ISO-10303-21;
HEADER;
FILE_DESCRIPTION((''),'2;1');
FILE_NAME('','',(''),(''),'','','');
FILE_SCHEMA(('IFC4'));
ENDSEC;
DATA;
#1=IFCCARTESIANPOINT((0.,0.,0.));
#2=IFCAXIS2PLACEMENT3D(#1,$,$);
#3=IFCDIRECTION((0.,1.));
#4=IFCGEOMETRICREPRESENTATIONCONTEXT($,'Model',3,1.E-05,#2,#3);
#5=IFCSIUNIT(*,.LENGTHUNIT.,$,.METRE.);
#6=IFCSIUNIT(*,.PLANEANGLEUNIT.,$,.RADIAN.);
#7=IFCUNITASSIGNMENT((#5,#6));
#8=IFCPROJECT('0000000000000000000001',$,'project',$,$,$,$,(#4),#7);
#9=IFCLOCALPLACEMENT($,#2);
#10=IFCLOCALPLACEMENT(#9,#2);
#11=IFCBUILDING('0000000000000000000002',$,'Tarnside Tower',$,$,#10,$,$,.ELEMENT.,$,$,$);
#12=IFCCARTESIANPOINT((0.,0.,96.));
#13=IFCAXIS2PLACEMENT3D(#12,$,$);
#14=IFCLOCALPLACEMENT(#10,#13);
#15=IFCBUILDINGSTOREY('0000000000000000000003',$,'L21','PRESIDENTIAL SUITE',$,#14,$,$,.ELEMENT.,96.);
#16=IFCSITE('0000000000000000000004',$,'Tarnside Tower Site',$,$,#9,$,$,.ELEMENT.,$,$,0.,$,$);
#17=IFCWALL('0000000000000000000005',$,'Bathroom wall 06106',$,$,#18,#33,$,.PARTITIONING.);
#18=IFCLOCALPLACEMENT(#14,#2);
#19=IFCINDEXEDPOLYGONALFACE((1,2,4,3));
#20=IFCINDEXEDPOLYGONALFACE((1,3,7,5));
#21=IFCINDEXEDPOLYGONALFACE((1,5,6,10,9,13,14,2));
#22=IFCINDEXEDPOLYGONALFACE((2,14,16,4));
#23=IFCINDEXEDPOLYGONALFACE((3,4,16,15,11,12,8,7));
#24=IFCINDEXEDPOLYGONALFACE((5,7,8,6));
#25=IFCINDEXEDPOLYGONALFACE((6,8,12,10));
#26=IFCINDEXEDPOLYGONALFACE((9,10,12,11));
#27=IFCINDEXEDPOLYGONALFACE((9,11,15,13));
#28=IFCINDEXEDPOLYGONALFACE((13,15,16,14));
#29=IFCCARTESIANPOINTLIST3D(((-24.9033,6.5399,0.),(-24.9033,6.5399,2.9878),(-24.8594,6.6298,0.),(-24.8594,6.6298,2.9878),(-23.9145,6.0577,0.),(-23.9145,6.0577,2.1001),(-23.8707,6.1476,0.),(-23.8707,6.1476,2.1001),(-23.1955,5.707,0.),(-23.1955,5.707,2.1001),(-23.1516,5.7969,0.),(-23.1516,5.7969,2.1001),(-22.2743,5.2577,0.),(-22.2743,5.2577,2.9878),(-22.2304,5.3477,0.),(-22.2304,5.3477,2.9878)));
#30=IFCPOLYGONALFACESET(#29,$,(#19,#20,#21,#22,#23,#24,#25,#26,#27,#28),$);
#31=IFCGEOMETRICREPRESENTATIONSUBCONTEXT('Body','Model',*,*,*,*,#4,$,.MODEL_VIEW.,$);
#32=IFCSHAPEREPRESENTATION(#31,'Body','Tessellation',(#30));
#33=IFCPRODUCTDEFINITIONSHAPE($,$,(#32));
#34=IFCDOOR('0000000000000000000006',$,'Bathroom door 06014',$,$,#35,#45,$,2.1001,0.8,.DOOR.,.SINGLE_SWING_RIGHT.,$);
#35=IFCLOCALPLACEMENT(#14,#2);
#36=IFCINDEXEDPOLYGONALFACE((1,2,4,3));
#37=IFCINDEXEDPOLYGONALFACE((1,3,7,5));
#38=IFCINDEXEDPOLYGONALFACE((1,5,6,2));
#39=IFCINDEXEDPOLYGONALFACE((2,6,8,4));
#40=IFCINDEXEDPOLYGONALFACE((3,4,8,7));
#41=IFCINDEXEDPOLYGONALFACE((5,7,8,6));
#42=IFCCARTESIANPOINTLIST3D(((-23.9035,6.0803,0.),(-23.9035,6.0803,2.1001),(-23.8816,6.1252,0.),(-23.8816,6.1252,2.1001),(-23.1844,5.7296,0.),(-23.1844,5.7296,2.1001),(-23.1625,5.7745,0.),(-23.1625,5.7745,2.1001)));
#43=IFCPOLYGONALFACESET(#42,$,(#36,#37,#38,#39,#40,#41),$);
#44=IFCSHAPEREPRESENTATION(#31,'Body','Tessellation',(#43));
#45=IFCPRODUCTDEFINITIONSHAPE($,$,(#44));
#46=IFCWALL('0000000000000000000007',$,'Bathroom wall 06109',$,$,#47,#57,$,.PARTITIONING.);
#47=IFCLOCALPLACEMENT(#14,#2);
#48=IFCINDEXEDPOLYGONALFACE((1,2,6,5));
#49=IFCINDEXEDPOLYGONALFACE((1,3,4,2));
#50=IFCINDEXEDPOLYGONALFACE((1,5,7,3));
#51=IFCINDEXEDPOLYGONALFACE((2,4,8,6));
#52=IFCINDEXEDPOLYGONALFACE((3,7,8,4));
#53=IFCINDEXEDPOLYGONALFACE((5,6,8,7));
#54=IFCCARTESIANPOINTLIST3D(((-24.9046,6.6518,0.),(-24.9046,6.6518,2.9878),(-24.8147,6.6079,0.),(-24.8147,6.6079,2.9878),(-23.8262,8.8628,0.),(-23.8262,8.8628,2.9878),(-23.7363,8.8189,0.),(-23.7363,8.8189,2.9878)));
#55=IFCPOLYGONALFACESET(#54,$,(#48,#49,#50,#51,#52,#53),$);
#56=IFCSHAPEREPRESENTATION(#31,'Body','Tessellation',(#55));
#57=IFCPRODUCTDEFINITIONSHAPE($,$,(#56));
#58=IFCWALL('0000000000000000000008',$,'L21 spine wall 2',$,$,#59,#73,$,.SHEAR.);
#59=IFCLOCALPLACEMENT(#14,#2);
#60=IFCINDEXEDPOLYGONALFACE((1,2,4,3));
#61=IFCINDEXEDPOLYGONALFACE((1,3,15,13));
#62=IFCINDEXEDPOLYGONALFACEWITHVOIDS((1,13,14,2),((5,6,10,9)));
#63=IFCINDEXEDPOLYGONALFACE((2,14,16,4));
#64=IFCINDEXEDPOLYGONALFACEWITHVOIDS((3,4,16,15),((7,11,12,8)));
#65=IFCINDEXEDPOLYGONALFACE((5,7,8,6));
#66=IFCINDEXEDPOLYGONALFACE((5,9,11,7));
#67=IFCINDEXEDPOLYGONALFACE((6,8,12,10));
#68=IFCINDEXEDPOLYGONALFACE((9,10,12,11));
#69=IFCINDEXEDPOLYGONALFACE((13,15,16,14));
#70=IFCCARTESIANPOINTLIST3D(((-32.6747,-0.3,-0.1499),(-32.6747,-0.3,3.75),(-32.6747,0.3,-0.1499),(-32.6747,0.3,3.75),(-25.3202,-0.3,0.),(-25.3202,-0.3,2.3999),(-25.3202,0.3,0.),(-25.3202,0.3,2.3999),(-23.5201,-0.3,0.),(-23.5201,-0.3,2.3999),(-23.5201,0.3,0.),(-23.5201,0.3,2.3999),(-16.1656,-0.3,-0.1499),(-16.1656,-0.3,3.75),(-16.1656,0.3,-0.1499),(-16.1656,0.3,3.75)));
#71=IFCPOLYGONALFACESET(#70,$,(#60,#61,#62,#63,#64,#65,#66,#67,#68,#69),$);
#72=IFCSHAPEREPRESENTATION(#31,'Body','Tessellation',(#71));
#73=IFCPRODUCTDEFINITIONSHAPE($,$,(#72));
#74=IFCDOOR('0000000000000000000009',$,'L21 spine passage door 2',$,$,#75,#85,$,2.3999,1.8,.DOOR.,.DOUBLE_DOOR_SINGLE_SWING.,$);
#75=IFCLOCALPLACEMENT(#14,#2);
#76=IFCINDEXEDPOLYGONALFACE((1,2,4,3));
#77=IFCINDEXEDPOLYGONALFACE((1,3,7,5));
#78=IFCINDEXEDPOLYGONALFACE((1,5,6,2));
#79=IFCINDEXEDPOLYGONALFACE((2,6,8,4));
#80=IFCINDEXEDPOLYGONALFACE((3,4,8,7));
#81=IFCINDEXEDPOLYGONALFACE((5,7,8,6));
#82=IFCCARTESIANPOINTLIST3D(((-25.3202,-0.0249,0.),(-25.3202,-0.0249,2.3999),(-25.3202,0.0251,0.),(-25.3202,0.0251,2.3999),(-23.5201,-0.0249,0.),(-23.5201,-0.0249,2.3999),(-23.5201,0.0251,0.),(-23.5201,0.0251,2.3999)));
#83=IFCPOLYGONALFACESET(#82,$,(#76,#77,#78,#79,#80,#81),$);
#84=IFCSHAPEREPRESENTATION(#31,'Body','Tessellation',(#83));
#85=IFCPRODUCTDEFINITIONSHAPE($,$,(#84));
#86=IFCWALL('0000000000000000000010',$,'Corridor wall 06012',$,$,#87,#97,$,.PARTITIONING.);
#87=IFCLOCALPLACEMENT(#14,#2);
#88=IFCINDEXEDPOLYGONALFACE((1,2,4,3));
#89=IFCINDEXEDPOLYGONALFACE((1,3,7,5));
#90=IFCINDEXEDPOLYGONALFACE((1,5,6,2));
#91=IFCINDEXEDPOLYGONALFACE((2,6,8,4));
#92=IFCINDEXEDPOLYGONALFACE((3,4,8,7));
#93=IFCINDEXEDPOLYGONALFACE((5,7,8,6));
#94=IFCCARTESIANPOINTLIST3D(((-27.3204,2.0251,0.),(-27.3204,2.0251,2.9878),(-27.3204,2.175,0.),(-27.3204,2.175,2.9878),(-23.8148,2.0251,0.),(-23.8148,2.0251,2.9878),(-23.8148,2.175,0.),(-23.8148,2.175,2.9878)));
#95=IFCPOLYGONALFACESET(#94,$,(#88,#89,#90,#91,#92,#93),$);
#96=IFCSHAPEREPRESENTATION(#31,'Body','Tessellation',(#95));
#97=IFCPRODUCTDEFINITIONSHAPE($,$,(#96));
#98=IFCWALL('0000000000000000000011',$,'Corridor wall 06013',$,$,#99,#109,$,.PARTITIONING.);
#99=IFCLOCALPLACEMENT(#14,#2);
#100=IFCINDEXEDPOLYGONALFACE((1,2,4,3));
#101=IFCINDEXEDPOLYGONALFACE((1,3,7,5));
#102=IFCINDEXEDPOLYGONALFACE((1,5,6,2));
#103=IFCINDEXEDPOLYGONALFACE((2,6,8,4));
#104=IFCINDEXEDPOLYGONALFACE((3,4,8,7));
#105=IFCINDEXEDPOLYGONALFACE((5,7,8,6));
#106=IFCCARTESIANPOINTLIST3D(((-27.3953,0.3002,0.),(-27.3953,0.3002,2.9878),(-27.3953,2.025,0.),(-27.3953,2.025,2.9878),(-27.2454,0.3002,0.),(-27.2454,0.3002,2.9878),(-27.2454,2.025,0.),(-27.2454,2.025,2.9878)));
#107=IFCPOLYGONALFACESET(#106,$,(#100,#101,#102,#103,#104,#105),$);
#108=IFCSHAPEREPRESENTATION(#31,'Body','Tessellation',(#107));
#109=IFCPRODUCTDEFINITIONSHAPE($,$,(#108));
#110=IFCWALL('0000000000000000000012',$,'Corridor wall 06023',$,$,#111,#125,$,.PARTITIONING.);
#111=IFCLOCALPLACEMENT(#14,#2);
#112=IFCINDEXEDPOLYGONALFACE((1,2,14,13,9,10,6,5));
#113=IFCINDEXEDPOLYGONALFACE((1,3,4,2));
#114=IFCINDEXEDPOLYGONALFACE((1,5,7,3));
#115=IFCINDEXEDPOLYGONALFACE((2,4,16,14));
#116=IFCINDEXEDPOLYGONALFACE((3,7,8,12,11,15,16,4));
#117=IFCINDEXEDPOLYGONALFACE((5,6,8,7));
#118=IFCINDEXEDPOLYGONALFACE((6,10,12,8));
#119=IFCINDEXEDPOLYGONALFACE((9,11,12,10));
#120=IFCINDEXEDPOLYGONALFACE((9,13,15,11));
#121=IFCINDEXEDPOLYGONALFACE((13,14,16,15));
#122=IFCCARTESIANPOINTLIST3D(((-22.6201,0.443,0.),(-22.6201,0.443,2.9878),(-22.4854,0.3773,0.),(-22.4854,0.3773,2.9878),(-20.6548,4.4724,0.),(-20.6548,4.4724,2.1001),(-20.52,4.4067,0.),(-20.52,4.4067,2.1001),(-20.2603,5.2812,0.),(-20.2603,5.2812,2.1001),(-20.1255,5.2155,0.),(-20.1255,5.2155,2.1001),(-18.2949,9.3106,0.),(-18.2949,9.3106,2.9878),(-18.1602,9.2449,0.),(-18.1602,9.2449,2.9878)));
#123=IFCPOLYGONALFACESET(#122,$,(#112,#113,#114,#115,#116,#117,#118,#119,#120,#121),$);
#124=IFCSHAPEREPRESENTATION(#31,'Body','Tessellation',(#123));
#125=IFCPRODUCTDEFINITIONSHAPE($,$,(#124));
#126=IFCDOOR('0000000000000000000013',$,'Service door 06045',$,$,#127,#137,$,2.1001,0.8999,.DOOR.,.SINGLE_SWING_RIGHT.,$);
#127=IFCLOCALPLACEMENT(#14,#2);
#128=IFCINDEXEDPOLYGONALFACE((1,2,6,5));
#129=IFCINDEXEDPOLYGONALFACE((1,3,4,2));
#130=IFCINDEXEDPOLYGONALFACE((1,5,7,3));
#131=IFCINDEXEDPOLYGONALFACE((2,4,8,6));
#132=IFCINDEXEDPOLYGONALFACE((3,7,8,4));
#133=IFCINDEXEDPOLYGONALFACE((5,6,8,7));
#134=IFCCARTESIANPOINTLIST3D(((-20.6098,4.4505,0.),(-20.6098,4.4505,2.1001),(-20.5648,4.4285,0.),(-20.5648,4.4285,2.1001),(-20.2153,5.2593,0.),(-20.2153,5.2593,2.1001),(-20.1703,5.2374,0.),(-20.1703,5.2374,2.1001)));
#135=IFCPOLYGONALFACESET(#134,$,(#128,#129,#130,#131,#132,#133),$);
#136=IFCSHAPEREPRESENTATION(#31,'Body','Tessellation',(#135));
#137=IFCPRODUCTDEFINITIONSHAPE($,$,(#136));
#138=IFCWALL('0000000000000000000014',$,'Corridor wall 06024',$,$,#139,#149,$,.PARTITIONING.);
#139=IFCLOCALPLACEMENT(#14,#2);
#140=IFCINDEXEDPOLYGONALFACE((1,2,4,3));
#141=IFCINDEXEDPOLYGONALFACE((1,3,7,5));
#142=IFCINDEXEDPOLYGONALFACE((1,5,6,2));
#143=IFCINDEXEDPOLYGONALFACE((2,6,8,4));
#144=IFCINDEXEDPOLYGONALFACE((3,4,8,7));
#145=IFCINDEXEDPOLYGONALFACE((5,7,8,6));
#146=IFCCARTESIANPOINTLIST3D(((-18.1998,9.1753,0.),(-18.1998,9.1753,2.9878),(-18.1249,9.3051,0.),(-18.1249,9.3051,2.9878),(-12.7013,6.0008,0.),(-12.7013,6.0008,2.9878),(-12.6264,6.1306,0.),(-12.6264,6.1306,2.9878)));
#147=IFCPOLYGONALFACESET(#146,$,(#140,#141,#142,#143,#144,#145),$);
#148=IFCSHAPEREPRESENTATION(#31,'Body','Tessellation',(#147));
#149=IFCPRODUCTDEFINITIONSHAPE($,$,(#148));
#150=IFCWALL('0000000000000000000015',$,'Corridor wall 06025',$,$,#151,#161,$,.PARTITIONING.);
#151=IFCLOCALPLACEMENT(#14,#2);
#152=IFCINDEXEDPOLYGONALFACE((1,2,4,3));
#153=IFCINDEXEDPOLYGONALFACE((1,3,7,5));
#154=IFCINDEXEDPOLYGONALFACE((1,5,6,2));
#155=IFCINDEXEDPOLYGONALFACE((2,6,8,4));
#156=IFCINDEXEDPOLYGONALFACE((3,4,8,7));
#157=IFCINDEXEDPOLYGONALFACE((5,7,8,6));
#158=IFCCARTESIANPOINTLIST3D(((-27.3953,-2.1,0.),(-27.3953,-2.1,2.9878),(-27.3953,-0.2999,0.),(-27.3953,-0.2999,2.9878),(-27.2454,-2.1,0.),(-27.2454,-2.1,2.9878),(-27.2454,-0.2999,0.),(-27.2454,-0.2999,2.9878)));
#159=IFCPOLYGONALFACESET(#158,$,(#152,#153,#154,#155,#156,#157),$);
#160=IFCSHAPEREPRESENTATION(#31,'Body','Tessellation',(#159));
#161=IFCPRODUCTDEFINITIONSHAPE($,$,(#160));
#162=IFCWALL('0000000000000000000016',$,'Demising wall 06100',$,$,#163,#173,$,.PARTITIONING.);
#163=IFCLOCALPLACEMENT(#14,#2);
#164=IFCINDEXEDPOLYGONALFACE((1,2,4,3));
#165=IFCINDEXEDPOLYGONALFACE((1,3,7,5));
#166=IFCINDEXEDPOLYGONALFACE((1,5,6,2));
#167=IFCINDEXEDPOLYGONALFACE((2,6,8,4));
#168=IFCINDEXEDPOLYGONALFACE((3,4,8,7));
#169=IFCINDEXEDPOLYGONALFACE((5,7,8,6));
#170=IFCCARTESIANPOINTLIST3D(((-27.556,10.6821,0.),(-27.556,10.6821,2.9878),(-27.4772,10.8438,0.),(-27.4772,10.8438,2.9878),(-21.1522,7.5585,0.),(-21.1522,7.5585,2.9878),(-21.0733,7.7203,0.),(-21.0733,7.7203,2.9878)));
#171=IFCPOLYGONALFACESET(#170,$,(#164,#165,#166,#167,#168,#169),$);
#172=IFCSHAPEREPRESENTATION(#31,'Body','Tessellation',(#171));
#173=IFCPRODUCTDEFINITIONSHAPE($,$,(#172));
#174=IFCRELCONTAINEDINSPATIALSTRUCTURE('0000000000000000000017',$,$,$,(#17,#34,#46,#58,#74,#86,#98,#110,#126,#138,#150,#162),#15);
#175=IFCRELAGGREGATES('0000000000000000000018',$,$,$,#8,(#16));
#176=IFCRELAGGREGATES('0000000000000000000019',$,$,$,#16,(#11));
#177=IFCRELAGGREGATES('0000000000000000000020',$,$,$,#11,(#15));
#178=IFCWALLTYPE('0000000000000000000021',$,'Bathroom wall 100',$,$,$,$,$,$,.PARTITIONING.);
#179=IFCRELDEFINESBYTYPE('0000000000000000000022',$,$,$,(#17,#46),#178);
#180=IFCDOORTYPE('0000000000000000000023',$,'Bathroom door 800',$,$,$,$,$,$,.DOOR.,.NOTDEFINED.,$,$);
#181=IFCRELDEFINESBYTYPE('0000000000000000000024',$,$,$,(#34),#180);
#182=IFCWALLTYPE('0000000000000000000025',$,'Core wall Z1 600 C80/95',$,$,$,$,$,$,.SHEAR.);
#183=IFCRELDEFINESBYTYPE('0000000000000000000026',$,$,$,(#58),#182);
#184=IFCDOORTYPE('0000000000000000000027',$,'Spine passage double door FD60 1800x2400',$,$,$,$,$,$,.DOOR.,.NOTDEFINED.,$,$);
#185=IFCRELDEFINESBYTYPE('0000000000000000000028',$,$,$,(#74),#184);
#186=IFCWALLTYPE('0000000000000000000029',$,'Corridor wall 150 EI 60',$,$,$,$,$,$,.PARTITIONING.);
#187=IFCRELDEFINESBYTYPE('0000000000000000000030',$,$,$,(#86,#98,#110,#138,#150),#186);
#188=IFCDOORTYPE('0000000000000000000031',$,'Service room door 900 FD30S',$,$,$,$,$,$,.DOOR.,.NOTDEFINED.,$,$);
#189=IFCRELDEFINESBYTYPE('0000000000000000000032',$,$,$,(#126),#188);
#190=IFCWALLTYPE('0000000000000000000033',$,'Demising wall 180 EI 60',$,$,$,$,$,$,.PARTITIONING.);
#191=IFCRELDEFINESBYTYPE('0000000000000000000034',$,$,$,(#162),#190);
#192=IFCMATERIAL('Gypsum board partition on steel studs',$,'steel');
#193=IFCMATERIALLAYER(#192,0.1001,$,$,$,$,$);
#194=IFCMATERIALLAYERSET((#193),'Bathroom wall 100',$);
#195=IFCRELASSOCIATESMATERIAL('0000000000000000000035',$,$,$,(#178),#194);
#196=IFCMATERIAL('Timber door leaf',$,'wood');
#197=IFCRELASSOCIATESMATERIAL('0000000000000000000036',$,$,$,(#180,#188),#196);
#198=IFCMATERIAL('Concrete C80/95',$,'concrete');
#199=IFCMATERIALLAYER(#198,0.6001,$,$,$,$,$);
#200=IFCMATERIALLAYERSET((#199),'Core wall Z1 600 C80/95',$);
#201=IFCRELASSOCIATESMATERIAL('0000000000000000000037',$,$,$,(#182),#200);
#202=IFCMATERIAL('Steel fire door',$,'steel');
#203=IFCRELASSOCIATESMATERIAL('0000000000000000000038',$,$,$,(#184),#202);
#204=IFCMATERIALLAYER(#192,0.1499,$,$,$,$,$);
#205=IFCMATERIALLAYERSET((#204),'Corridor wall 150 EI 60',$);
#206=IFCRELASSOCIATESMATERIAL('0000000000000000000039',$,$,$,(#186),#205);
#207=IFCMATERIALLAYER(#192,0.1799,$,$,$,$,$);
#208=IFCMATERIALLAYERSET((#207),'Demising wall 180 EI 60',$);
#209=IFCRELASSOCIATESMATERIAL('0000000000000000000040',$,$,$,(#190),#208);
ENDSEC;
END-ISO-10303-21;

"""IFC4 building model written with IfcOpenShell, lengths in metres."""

from ifc_helpers import new_model, si_unit, direction, frame, frame_2d, origin, place, context, subcontext, project, spatial, rectangle, extrude, material, layer, layer_set, type_object, element, fill, save


model = new_model("IFC4")

# Units and contexts
model_context = context("Model", 3, precision=1e-05, world=origin(), true_north=direction((0.0, 1.0)))
body_context = subcontext(model_context, "Body", "Model", "MODEL_VIEW")
ifc_project = project(units=[si_unit("LENGTHUNIT", "METRE"), si_unit("PLANEANGLEUNIT", "RADIAN")], contexts=[model_context])

# Site, building, storey
site_placement = place(None, origin())
site = spatial("IfcSite", under=ifc_project, at=site_placement, Name="Tarnside Tower Site", CompositionType="ELEMENT", RefElevation=0.0)
building_placement = place(site_placement, origin())
building = spatial("IfcBuilding", under=site, at=building_placement, Name="Tarnside Tower", CompositionType="ELEMENT")
storey_placement = place(building_placement, frame((0.0, 0.0, 96.0)))
storey = spatial("IfcBuildingStorey", under=building, at=storey_placement, Name="L21", Description="PRESIDENTIAL SUITE", CompositionType="ELEMENT", Elevation=96.0)

# Wall, opening, door
ifc_material_1 = material(Name="Gypsum board partition on steel studs", Category="steel")
ifc_layer_1 = layer(ifc_material_1, 0.1001)
ifc_layer_set_1 = layer_set([ifc_layer_1], Name="Bathroom wall 100")
wall_type_1 = type_object("IfcWallType", Name="Bathroom wall 100", PredefinedType="PARTITIONING", material=ifc_layer_set_1)
wall_1_placement = place(storey_placement, frame((-22.2524, 5.3027, 0.0), z_axis=(0.0, 0.0, 1.0), x_axis=(-0.898807, 0.438345, 0.0)))
wall_1 = element("IfcWall", 1, at=wall_1_placement, inside=storey, type_object=wall_type_1, Name="Bathroom wall 06106", PredefinedType="PARTITIONING", context=body_context, shape_type="SweptSolid", body=[
    extrude(rectangle(XDim=2.925, YDim=0.1001, at=frame_2d((1.4624, 0.0))), origin(), (0.0, 0.0, 1.0), 2.9878),
])
opening_1_placement = place(wall_1_placement, frame((1.0249, 0.0, 0.0)))
opening_1 = element("IfcOpeningElement", 2, at=opening_1_placement, cuts=wall_1, PredefinedType="OPENING", context=body_context, shape_type="SweptSolid", body=[
    extrude(rectangle(XDim=0.8, YDim=2.1001, at=frame_2d((0.3999, 1.05))), frame((0.0, 0.0601, 0.0), z_axis=(0.0, -1.0, 0.0), x_axis=(1.0, 0.0, 0.0)), (0.0, 0.0, 1.0), 0.1201),
])
ifc_material_2 = material(Name="Timber door leaf", Category="wood")
door_type_1 = type_object("IfcDoorType", Name="Bathroom door 800", OperationType="NOTDEFINED", PredefinedType="DOOR", material=ifc_material_2)
door_1_placement = place(opening_1_placement, origin())
door_1 = element("IfcDoor", 3, at=door_1_placement, inside=storey, type_object=door_type_1, Name="Bathroom door 06014", OperationType="SINGLE_SWING_RIGHT", OverallHeight=2.1001, OverallWidth=0.8, PredefinedType="DOOR", context=body_context, shape_type="SweptSolid", body=[
    extrude(rectangle(XDim=0.8, YDim=2.1001, at=frame_2d((0.3999, 1.05))), frame((0.0, 0.0249, 0.0), z_axis=(0.0, -1.0, 0.0), x_axis=(1.0, 0.0, 0.0)), (0.0, 0.0, 1.0), 0.05),
])
fill(opening_1, door_1)

# Wall
wall_2_placement = place(storey_placement, frame((-23.7812, 8.8408, 0.0), z_axis=(0.0, 0.0, 1.0), x_axis=(-0.438379, -0.89879, 0.0)))
element("IfcWall", 4, at=wall_2_placement, inside=storey, type_object=wall_type_1, Name="Bathroom wall 06109", PredefinedType="PARTITIONING", context=body_context, shape_type="SweptSolid", body=[
    extrude(rectangle(XDim=2.46, YDim=0.1001, at=frame_2d((1.23, 0.0))), origin(), (0.0, 0.0, 1.0), 2.9878),
])

# Wall, opening, door
ifc_material_3 = material(Name="Concrete C80/95", Category="concrete")
ifc_layer_2 = layer(ifc_material_3, 0.6001)
ifc_layer_set_2 = layer_set([ifc_layer_2], Name="Core wall Z1 600 C80/95")
wall_type_2 = type_object("IfcWallType", Name="Core wall Z1 600 C80/95", PredefinedType="SHEAR", material=ifc_layer_set_2)
wall_3_placement = place(storey_placement, frame((-16.1658, 0.0, -0.1499), z_axis=(0.0, 0.0, 1.0), x_axis=(-1.0, 0.0, 0.0)))
wall_3 = element("IfcWall", 5, at=wall_3_placement, inside=storey, type_object=wall_type_2, Name="L21 spine wall 2", PredefinedType="SHEAR", context=body_context, shape_type="SweptSolid", body=[
    extrude(rectangle(XDim=16.509, YDim=0.6001, at=frame_2d((8.2544, 0.0))), origin(), (0.0, 0.0, 1.0), 3.8999),
])
opening_2_placement = place(wall_3_placement, frame((7.3545, 0.0, 0.1499)))
opening_2 = element("IfcOpeningElement", 6, at=opening_2_placement, cuts=wall_3, PredefinedType="OPENING", context=body_context, shape_type="SweptSolid", body=[
    extrude(rectangle(XDim=1.8, YDim=2.3999, at=frame_2d((0.8999, 1.2))), frame((0.0, 0.3101, 0.0), z_axis=(0.0, -1.0, 0.0), x_axis=(1.0, 0.0, 0.0)), (0.0, 0.0, 1.0), 0.6201),
])
ifc_material_4 = material(Name="Steel fire door", Category="steel")
door_type_2 = type_object("IfcDoorType", Name="Spine passage double door FD60 1800x2400", OperationType="NOTDEFINED", PredefinedType="DOOR", material=ifc_material_4)
door_2_placement = place(opening_2_placement, origin())
door_2 = element("IfcDoor", 7, at=door_2_placement, inside=storey, type_object=door_type_2, Name="L21 spine passage door 2", OperationType="DOUBLE_DOOR_SINGLE_SWING", OverallHeight=2.3999, OverallWidth=1.8, PredefinedType="DOOR", context=body_context, shape_type="SweptSolid", body=[
    extrude(rectangle(XDim=1.8, YDim=2.3999, at=frame_2d((0.8999, 1.2))), frame((0.0, 0.0249, 0.0), z_axis=(0.0, -1.0, 0.0), x_axis=(1.0, 0.0, 0.0)), (0.0, 0.0, 1.0), 0.05),
])
fill(opening_2, door_2)

# Walls
ifc_layer_3 = layer(ifc_material_1, 0.1499)
ifc_layer_set_3 = layer_set([ifc_layer_3], Name="Corridor wall 150 EI 60")
wall_type_3 = type_object("IfcWallType", Name="Corridor wall 150 EI 60", PredefinedType="PARTITIONING", material=ifc_layer_set_3)
wall_4_placement = place(storey_placement, frame((-23.8147, 2.1001, 0.0), z_axis=(0.0, 0.0, 1.0), x_axis=(-1.0, 0.0, 0.0)))
element("IfcWall", 8, at=wall_4_placement, inside=storey, type_object=wall_type_3, Name="Corridor wall 06012", PredefinedType="PARTITIONING", context=body_context, shape_type="SweptSolid", body=[
    extrude(rectangle(XDim=3.5056, YDim=0.1499, at=frame_2d((1.7529, 0.0))), origin(), (0.0, 0.0, 1.0), 2.9878),
])
wall_5_placement = place(storey_placement, frame((-27.3203, 2.0249, 0.0), z_axis=(0.0, 0.0, 1.0), x_axis=(0.0, -1.0, 0.0)))
element("IfcWall", 9, at=wall_5_placement, inside=storey, type_object=wall_type_3, Name="Corridor wall 06013", PredefinedType="PARTITIONING", context=body_context, shape_type="SweptSolid", body=[
    extrude(rectangle(XDim=1.7249, YDim=0.1499, at=frame_2d((0.8623, 0.0))), origin(), (0.0, 0.0, 1.0), 2.9878),
])

# Wall, opening, door
wall_6_placement = place(storey_placement, frame((-22.5527, 0.4102, 0.0), z_axis=(0.0, 0.0, 1.0), x_axis=(0.438383, 0.898788, 0.0)))
wall_6 = element("IfcWall", 10, at=wall_6_placement, inside=storey, type_object=wall_type_3, Name="Corridor wall 06023", PredefinedType="PARTITIONING", context=body_context, shape_type="SweptSolid", body=[
    extrude(rectangle(XDim=9.8662, YDim=0.1499, at=frame_2d((4.9331, 0.0))), origin(), (0.0, 0.0, 1.0), 2.9878),
])
opening_3_placement = place(wall_6_placement, frame((4.4832, 0.0, 0.0)))
opening_3 = element("IfcOpeningElement", 11, at=opening_3_placement, cuts=wall_6, PredefinedType="OPENING", context=body_context, shape_type="SweptSolid", body=[
    extrude(rectangle(XDim=0.8999, YDim=2.1001, at=frame_2d((0.45, 1.05))), frame((0.0, 0.085, 0.0), z_axis=(0.0, -1.0, 0.0), x_axis=(1.0, 0.0, 0.0)), (0.0, 0.0, 1.0), 0.1699),
])
door_type_3 = type_object("IfcDoorType", Name="Service room door 900 FD30S", OperationType="NOTDEFINED", PredefinedType="DOOR", material=ifc_material_2)
door_3_placement = place(opening_3_placement, origin())
door_3 = element("IfcDoor", 12, at=door_3_placement, inside=storey, type_object=door_type_3, Name="Service door 06045", OperationType="SINGLE_SWING_RIGHT", OverallHeight=2.1001, OverallWidth=0.8999, PredefinedType="DOOR", context=body_context, shape_type="SweptSolid", body=[
    extrude(rectangle(XDim=0.8999, YDim=2.1001, at=frame_2d((0.45, 1.05))), frame((0.0, 0.0249, 0.0), z_axis=(0.0, -1.0, 0.0), x_axis=(1.0, 0.0, 0.0)), (0.0, 0.0, 1.0), 0.05),
])
fill(opening_3, door_3)

# Walls
wall_7_placement = place(storey_placement, frame((-18.1624, 9.2402, 0.0), z_axis=(0.0, 0.0, 1.0), x_axis=(0.866027, -0.499998, 0.0)))
element("IfcWall", 13, at=wall_7_placement, inside=storey, type_object=wall_type_3, Name="Corridor wall 06024", PredefinedType="PARTITIONING", context=body_context, shape_type="SweptSolid", body=[
    extrude(rectangle(XDim=6.3491, YDim=0.1499, at=frame_2d((3.1746, 0.0))), origin(), (0.0, 0.0, 1.0), 2.9878),
])
wall_8_placement = place(storey_placement, frame((-27.3203, -0.3, 0.0), z_axis=(0.0, 0.0, 1.0), x_axis=(0.0, -1.0, 0.0)))
element("IfcWall", 14, at=wall_8_placement, inside=storey, type_object=wall_type_3, Name="Corridor wall 06025", PredefinedType="PARTITIONING", context=body_context, shape_type="SweptSolid", body=[
    extrude(rectangle(XDim=1.8, YDim=0.1499, at=frame_2d((0.8999, 0.0))), origin(), (0.0, 0.0, 1.0), 2.9878),
])
ifc_layer_4 = layer(ifc_material_1, 0.1799)
ifc_layer_set_4 = layer_set([ifc_layer_4], Name="Demising wall 180 EI 60")
wall_type_4 = type_object("IfcWallType", Name="Demising wall 180 EI 60", PredefinedType="PARTITIONING", material=ifc_layer_set_4)
wall_9_placement = place(storey_placement, frame((-27.5166, 10.7629, 0.0), z_axis=(0.0, 0.0, 1.0), x_axis=(0.898784, -0.438393, 0.0)))
element("IfcWall", 15, at=wall_9_placement, inside=storey, type_object=wall_type_4, Name="Demising wall 06100", PredefinedType="PARTITIONING", context=body_context, shape_type="SweptSolid", body=[
    extrude(rectangle(XDim=7.125, YDim=0.1799, at=frame_2d((3.5625, 0.0))), origin(), (0.0, 0.0, 1.0), 2.9878),
])

save(model, "model.ifc")
